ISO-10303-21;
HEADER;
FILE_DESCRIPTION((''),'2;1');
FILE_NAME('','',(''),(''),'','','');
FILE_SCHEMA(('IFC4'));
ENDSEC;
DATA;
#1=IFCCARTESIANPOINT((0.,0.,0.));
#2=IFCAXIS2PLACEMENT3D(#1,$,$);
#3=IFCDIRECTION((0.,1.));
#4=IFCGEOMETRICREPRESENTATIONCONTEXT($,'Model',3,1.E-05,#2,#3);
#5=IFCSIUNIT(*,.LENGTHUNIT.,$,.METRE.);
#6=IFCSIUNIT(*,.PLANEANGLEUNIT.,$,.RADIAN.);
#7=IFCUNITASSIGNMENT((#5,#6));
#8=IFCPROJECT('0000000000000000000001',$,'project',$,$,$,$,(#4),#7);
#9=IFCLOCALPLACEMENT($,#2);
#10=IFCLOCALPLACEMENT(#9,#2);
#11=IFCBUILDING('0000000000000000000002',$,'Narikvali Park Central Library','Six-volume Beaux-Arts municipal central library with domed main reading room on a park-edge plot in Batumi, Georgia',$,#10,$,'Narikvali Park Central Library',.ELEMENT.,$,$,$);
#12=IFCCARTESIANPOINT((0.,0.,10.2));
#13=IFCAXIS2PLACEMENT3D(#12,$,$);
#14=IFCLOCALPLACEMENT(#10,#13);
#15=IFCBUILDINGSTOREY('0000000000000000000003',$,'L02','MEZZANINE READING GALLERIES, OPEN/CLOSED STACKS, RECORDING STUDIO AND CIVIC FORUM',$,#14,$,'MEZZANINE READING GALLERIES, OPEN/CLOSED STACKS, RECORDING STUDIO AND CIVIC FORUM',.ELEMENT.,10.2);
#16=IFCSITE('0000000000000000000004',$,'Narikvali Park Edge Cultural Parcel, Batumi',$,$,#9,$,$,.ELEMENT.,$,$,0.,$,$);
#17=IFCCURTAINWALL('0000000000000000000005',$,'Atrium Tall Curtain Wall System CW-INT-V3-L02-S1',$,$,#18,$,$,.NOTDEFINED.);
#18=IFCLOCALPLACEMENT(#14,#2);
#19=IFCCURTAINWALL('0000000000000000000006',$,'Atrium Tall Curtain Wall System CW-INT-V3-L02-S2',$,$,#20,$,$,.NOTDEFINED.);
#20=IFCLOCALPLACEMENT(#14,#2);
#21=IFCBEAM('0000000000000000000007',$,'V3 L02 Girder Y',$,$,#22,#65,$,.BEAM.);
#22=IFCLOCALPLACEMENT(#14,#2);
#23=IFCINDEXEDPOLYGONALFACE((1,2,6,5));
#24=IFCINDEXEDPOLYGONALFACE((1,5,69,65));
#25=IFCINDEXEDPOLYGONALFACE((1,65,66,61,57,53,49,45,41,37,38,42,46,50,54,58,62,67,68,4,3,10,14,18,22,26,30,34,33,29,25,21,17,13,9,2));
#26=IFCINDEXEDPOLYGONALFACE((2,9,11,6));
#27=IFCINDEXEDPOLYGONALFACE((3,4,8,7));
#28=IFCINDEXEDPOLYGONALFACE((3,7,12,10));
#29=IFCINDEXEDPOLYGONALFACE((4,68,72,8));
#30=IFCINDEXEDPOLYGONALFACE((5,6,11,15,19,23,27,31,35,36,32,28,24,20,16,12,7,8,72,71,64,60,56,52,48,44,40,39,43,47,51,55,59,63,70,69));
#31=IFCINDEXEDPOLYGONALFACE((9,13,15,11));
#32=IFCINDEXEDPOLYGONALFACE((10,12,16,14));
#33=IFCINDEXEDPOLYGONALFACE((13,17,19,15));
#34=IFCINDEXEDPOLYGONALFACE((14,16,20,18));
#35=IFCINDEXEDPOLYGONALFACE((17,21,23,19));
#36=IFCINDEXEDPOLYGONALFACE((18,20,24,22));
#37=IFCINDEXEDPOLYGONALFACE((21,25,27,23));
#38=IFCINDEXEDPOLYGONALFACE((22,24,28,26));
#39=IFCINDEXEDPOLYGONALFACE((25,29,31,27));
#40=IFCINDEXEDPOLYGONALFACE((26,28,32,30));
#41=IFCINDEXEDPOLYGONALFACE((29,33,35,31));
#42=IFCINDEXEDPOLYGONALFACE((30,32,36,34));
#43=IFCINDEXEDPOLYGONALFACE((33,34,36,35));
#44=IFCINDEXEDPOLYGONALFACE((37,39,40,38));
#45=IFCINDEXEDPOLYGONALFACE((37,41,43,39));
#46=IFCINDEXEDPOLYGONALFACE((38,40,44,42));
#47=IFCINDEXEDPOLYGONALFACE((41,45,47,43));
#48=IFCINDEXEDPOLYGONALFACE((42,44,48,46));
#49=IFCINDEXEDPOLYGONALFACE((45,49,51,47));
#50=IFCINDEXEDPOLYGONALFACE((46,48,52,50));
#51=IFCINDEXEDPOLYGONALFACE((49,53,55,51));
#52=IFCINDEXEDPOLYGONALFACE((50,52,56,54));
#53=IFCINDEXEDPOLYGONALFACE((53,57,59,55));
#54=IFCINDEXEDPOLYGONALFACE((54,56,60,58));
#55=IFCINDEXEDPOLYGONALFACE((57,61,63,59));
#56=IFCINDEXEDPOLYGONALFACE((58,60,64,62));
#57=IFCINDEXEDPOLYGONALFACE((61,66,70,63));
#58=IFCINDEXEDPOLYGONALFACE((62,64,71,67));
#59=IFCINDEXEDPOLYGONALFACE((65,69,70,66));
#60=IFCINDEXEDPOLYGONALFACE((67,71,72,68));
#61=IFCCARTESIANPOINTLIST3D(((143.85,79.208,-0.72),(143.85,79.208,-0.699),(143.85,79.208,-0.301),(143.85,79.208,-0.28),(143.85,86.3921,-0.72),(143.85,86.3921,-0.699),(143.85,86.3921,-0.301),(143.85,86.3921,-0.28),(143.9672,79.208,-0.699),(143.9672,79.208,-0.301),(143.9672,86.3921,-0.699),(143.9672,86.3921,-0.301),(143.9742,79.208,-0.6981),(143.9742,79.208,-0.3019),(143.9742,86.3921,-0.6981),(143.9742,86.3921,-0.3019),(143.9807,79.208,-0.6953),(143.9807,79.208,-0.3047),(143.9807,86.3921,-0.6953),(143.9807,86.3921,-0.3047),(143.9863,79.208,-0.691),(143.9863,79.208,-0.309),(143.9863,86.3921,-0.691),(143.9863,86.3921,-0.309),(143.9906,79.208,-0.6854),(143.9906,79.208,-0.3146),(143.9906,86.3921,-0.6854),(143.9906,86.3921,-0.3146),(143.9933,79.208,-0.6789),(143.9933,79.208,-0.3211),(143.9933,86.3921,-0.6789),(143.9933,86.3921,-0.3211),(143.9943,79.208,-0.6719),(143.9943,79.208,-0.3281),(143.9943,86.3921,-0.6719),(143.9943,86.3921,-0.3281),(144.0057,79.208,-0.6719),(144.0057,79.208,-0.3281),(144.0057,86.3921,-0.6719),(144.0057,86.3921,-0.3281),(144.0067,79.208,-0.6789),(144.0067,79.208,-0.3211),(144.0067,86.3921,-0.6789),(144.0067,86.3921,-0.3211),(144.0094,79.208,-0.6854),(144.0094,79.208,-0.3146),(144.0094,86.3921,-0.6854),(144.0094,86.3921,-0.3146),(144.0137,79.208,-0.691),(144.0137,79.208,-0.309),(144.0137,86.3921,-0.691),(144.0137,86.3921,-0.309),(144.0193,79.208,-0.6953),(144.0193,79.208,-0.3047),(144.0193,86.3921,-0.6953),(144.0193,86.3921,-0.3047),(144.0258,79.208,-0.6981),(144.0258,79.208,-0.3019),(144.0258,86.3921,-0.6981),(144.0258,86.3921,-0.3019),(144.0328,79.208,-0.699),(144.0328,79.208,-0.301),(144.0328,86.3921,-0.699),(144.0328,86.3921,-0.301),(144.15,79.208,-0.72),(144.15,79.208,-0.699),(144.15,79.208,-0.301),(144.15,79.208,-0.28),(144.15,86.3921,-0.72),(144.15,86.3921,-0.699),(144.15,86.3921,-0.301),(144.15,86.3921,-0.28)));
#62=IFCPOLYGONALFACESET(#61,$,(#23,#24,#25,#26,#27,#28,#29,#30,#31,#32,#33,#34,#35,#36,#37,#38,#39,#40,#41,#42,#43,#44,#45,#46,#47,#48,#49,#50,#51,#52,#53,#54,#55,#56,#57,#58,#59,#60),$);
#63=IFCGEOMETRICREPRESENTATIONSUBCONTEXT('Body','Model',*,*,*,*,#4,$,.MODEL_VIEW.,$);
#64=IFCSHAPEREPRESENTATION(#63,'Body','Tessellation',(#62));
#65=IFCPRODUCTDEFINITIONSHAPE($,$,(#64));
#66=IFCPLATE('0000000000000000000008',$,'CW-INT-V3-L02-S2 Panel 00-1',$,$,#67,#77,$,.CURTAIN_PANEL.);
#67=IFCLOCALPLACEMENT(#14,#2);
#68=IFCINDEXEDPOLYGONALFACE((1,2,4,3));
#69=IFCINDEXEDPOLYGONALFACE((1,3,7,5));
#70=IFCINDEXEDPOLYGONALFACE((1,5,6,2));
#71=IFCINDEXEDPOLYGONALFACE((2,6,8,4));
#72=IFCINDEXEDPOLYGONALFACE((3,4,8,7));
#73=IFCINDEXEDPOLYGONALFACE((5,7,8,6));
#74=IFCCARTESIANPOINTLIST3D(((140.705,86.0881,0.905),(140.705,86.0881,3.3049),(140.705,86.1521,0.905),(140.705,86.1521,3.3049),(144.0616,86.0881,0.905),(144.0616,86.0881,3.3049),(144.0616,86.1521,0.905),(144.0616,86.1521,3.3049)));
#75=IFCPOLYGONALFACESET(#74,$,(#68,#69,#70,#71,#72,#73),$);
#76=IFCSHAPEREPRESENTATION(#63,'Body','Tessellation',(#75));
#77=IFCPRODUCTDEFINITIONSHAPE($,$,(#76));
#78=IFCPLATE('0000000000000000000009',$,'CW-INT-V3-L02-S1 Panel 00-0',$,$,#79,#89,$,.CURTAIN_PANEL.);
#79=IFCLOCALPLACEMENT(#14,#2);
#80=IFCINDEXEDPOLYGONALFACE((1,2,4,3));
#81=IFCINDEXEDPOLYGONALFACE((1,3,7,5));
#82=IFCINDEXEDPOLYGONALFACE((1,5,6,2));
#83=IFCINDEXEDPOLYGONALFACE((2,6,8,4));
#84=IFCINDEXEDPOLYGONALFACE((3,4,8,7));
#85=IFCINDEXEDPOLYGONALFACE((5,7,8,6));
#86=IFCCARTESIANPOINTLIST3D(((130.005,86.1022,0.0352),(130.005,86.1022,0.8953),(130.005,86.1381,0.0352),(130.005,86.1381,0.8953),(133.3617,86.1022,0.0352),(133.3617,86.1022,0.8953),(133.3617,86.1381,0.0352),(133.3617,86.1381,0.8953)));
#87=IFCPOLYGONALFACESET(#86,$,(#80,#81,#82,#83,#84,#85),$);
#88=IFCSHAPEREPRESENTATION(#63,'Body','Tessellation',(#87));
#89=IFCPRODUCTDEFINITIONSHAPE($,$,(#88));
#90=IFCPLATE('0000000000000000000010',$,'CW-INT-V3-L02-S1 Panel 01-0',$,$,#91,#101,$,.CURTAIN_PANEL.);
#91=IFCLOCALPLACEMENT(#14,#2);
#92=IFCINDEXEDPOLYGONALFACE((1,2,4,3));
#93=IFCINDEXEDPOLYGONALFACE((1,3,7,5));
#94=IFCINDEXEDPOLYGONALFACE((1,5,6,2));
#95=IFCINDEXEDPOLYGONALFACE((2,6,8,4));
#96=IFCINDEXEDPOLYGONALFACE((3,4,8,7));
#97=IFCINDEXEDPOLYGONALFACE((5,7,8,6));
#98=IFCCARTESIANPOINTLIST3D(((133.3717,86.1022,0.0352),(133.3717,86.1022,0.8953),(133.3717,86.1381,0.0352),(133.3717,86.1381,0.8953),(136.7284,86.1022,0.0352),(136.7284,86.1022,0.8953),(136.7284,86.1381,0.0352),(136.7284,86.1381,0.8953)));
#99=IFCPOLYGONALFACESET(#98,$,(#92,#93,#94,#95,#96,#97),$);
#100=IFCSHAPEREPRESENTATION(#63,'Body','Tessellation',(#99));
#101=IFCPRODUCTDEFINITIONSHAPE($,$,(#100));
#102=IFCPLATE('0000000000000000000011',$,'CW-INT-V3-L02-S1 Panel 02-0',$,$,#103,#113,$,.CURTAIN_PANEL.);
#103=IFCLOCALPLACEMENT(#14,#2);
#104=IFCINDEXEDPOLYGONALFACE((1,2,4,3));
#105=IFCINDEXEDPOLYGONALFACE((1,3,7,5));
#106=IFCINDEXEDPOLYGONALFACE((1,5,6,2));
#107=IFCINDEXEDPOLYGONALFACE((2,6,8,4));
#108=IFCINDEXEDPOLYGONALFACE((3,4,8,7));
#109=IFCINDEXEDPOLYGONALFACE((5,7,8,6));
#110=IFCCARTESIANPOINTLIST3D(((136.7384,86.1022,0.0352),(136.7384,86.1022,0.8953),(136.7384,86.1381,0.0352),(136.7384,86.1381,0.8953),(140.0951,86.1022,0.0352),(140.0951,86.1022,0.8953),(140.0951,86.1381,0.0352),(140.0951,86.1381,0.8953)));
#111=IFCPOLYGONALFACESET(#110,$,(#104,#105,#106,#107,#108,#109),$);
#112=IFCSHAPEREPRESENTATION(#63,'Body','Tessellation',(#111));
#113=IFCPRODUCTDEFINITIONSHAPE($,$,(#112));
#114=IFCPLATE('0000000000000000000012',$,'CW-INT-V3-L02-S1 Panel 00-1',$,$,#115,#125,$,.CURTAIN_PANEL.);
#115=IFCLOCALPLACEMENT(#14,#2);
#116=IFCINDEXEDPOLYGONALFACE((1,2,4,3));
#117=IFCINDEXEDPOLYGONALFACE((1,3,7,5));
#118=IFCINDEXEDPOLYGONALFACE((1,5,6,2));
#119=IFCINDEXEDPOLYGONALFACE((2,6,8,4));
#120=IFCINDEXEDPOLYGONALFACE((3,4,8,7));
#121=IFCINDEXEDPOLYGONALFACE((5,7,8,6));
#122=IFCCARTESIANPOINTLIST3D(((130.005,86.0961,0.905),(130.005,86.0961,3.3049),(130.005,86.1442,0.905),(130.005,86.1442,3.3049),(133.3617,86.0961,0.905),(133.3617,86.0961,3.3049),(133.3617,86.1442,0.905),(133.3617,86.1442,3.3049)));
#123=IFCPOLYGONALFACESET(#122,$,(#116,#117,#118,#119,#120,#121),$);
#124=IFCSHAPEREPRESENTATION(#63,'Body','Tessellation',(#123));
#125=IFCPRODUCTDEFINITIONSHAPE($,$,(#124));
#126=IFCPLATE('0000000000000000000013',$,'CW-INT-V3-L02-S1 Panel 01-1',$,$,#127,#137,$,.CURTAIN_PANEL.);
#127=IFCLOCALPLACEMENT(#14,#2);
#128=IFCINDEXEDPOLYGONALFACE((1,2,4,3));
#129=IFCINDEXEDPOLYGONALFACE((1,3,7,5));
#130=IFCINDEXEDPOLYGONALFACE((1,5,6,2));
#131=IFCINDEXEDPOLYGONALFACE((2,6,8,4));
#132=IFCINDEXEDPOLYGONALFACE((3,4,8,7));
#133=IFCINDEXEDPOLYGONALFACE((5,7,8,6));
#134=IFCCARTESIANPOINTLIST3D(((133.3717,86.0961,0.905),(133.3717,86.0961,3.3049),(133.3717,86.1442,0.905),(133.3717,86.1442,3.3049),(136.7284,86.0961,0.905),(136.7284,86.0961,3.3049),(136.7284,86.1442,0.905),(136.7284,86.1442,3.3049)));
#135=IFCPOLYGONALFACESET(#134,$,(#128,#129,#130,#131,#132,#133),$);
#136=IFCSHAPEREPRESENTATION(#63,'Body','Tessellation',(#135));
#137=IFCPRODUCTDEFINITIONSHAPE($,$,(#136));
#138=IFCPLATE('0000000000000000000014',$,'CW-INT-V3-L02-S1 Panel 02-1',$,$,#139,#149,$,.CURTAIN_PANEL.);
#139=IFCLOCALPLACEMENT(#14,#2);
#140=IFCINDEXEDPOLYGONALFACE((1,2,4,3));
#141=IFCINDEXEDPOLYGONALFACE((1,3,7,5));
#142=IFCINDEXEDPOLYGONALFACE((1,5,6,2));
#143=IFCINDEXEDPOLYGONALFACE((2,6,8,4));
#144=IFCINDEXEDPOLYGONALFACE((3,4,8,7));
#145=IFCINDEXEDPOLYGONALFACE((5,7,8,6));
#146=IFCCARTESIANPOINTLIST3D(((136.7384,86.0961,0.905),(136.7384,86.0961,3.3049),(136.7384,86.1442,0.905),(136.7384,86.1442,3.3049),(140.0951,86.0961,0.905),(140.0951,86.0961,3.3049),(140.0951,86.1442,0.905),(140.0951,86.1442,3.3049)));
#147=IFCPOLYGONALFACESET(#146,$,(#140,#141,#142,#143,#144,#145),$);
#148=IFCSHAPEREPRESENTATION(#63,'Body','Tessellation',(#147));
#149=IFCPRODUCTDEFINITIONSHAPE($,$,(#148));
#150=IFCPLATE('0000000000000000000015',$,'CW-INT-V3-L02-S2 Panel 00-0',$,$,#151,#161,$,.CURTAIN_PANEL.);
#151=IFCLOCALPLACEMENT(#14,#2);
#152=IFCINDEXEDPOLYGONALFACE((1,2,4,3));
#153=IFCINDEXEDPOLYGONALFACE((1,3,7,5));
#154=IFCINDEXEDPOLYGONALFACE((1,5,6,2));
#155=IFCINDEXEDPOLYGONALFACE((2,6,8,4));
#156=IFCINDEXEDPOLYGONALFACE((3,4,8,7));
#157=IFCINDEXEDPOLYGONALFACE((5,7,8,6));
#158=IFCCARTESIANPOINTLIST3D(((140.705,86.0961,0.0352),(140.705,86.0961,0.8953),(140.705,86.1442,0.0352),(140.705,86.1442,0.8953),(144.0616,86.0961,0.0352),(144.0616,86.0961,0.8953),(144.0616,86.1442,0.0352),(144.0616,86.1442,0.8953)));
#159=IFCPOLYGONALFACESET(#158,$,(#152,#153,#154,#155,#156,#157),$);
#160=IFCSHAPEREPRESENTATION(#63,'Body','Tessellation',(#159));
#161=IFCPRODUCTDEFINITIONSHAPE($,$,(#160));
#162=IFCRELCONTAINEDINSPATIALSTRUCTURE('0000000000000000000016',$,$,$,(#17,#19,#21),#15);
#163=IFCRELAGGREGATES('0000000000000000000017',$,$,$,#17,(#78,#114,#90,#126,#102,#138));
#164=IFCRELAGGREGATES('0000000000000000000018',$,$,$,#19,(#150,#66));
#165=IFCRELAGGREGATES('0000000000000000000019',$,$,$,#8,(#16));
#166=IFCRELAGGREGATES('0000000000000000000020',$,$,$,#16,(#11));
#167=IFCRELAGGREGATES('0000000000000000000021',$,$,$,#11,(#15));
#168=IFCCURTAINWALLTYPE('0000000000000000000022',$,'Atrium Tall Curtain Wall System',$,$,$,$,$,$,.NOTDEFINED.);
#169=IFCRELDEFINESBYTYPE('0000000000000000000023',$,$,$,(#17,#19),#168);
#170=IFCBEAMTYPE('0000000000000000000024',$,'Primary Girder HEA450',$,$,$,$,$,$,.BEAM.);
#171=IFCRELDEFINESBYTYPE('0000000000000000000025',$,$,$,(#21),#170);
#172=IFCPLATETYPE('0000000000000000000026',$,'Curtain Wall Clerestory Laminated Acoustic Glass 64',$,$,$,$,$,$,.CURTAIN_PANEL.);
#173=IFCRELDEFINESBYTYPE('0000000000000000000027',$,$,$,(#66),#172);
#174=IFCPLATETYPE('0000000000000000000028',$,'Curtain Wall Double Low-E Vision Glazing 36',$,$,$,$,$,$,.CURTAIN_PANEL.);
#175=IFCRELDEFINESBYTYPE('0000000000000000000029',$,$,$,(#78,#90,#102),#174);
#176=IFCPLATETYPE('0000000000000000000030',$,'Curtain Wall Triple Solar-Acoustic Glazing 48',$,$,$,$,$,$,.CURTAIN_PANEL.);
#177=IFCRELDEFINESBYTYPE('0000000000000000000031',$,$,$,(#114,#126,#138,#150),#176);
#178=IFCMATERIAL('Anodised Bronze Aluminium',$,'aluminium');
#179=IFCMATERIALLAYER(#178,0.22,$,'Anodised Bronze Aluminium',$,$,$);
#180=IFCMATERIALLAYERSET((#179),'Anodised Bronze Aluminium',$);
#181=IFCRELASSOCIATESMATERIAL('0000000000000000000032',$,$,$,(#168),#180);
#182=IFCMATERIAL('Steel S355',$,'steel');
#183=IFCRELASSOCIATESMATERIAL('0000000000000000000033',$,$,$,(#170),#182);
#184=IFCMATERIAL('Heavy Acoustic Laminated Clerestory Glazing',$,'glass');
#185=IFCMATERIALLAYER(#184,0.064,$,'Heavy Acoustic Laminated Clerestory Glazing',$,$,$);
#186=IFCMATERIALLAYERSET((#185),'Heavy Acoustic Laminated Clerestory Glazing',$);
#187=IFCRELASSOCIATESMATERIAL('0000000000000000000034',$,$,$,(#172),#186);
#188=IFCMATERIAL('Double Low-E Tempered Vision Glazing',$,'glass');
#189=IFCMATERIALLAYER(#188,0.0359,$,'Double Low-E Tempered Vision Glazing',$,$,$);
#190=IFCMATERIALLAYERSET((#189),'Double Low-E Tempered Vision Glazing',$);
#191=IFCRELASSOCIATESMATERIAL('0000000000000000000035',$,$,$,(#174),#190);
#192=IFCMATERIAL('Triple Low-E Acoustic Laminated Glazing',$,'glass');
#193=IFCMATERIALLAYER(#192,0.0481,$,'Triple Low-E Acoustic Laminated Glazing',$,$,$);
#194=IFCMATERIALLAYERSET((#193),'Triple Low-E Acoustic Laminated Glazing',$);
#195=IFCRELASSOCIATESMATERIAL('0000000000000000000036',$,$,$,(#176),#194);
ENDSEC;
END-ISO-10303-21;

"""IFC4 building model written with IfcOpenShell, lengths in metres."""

from ifc_helpers import new_model, si_unit, direction, frame, origin, origin_2d, place, context, subcontext, project, spatial, rectangle, i_section, extrude, material, layer, layer_set, material_profile, profile_set, type_object, element, aggregate, save


model = new_model("IFC4")

# Units and contexts
model_context = context("Model", 3, precision=1e-05, world=origin(), true_north=direction((0.0, 1.0)))
body_context = subcontext(model_context, "Body", "Model", "MODEL_VIEW")
ifc_project = project(units=[si_unit("LENGTHUNIT", "METRE"), si_unit("PLANEANGLEUNIT", "RADIAN")], contexts=[model_context])

# Site, building, storey
site_placement = place(None, origin())
site = spatial("IfcSite", under=ifc_project, at=site_placement, Name="Narikvali Park Edge Cultural Parcel, Batumi", CompositionType="ELEMENT", RefElevation=0.0)
building_placement = place(site_placement, origin())
building = spatial("IfcBuilding", under=site, at=building_placement, Name="Narikvali Park Central Library", Description="Six-volume Beaux-Arts municipal central library with domed main reading room on a park-edge plot in Batumi, Georgia", LongName="Narikvali Park Central Library", CompositionType="ELEMENT")
storey_placement = place(building_placement, frame((0.0, 0.0, 10.2)))
storey = spatial("IfcBuildingStorey", under=building, at=storey_placement, Name="L02", Description="MEZZANINE READING GALLERIES, OPEN/CLOSED STACKS, RECORDING STUDIO AND CIVIC FORUM", LongName="MEZZANINE READING GALLERIES, OPEN/CLOSED STACKS, RECORDING STUDIO AND CIVIC FORUM", CompositionType="ELEMENT", Elevation=10.2)

# Shared definitions
ifc_material_1 = material(Name="Steel S355", Category="steel")

# Curtain walls
ifc_material_2 = material(Name="Anodised Bronze Aluminium", Category="aluminium")
ifc_layer_1 = layer(ifc_material_2, 0.22, Name="Anodised Bronze Aluminium")
ifc_layer_set_1 = layer_set([ifc_layer_1], Name="Anodised Bronze Aluminium")
curtain_wall_type = type_object("IfcCurtainWallType", Name="Atrium Tall Curtain Wall System", PredefinedType="NOTDEFINED", material=ifc_layer_set_1)
curtain_wall_1_placement = place(storey_placement, origin())
curtain_wall_1 = element("IfcCurtainWall", 1, at=curtain_wall_1_placement, inside=storey, type_object=curtain_wall_type, Name="Atrium Tall Curtain Wall System CW-INT-V3-L02-S1", PredefinedType="NOTDEFINED")
curtain_wall_2_placement = place(storey_placement, origin())
curtain_wall_2 = element("IfcCurtainWall", 2, at=curtain_wall_2_placement, inside=storey, type_object=curtain_wall_type, Name="Atrium Tall Curtain Wall System CW-INT-V3-L02-S2", PredefinedType="NOTDEFINED")

# Beam
ifc_material_profile_1 = material_profile(ifc_material_1, i_section(OverallWidth=0.3, OverallDepth=0.4399, WebThickness=0.0115, FlangeThickness=0.021, FilletRadius=0.0271, at=origin_2d()), Name="HEA 450")
ifc_profile_set_1 = profile_set([ifc_material_profile_1], Name="Steel S355")
beam_type = type_object("IfcBeamType", Name="Primary Girder HEA450", PredefinedType="BEAM", material=ifc_profile_set_1)
for number, where, z_axis, x_axis, name in (
    (3, (144.0, 79.208, -0.5), (0.0, 1.0, 0.0), (-1.0, 0.0, 0.0), "V3 L02 Girder Y"),
):
    element("IfcBeam", number, at=place(storey_placement, frame(where, z_axis=z_axis, x_axis=x_axis)), inside=storey, type_object=beam_type, Name=name, PredefinedType="BEAM", context=body_context, shape_type="SweptSolid", body=[
        extrude(i_section(OverallWidth=0.3, OverallDepth=0.4399, WebThickness=0.0115, FlangeThickness=0.021, FilletRadius=0.0271, at=origin_2d()), origin(), (0.0, 0.0, 1.0), 7.1841),
    ])

# Plates
ifc_material_3 = material(Name="Heavy Acoustic Laminated Clerestory Glazing", Category="glass")
ifc_layer_2 = layer(ifc_material_3, 0.064, Name="Heavy Acoustic Laminated Clerestory Glazing")
ifc_layer_set_2 = layer_set([ifc_layer_2], Name="Heavy Acoustic Laminated Clerestory Glazing")
plate_type_1 = type_object("IfcPlateType", Name="Curtain Wall Clerestory Laminated Acoustic Glass 64", PredefinedType="CURTAIN_PANEL", material=ifc_layer_set_2)
plate_1_placement = place(storey_placement, frame((142.3833, 86.1201, 0.905), z_axis=(0.0, 0.0, 1.0), x_axis=(1.0, 0.0, 0.0)))
plate_1 = element("IfcPlate", 4, at=plate_1_placement, type_object=plate_type_1, Name="CW-INT-V3-L02-S2 Panel 00-1", PredefinedType="CURTAIN_PANEL", context=body_context, shape_type="SweptSolid", body=[
    extrude(rectangle(XDim=3.3567, YDim=0.064, at=origin_2d()), origin(), (0.0, 0.0, 1.0), 2.3999),
])
ifc_material_4 = material(Name="Double Low-E Tempered Vision Glazing", Category="glass")
ifc_layer_3 = layer(ifc_material_4, 0.0359, Name="Double Low-E Tempered Vision Glazing")
ifc_layer_set_3 = layer_set([ifc_layer_3], Name="Double Low-E Tempered Vision Glazing")
plate_type_2 = type_object("IfcPlateType", Name="Curtain Wall Double Low-E Vision Glazing 36", PredefinedType="CURTAIN_PANEL", material=ifc_layer_set_3)
plate_2_placement = place(storey_placement, frame((131.6833, 86.1201, 0.0352), z_axis=(0.0, 0.0, 1.0), x_axis=(1.0, 0.0, 0.0)))
plate_2 = element("IfcPlate", 5, at=plate_2_placement, type_object=plate_type_2, Name="CW-INT-V3-L02-S1 Panel 00-0", PredefinedType="CURTAIN_PANEL", context=body_context, shape_type="SweptSolid", body=[
    extrude(rectangle(XDim=3.3567, YDim=0.0359, at=origin_2d()), origin(), (0.0, 0.0, 1.0), 0.8601),
])
plate_3_placement = place(storey_placement, frame((135.05, 86.1201, 0.0352), z_axis=(0.0, 0.0, 1.0), x_axis=(1.0, 0.0, 0.0)))
plate_3 = element("IfcPlate", 6, at=plate_3_placement, type_object=plate_type_2, Name="CW-INT-V3-L02-S1 Panel 01-0", PredefinedType="CURTAIN_PANEL", context=body_context, shape_type="SweptSolid", body=[
    extrude(rectangle(XDim=3.3567, YDim=0.0359, at=origin_2d()), origin(), (0.0, 0.0, 1.0), 0.8601),
])
plate_4_placement = place(storey_placement, frame((138.4167, 86.1201, 0.0352), z_axis=(0.0, 0.0, 1.0), x_axis=(1.0, 0.0, 0.0)))
plate_4 = element("IfcPlate", 7, at=plate_4_placement, type_object=plate_type_2, Name="CW-INT-V3-L02-S1 Panel 02-0", PredefinedType="CURTAIN_PANEL", context=body_context, shape_type="SweptSolid", body=[
    extrude(rectangle(XDim=3.3567, YDim=0.0359, at=origin_2d()), origin(), (0.0, 0.0, 1.0), 0.8601),
])
ifc_material_5 = material(Name="Triple Low-E Acoustic Laminated Glazing", Category="glass")
ifc_layer_4 = layer(ifc_material_5, 0.0481, Name="Triple Low-E Acoustic Laminated Glazing")
ifc_layer_set_4 = layer_set([ifc_layer_4], Name="Triple Low-E Acoustic Laminated Glazing")
plate_type_3 = type_object("IfcPlateType", Name="Curtain Wall Triple Solar-Acoustic Glazing 48", PredefinedType="CURTAIN_PANEL", material=ifc_layer_set_4)
plate_5_placement = place(storey_placement, frame((131.6833, 86.1201, 0.905), z_axis=(0.0, 0.0, 1.0), x_axis=(1.0, 0.0, 0.0)))
plate_5 = element("IfcPlate", 8, at=plate_5_placement, type_object=plate_type_3, Name="CW-INT-V3-L02-S1 Panel 00-1", PredefinedType="CURTAIN_PANEL", context=body_context, shape_type="SweptSolid", body=[
    extrude(rectangle(XDim=3.3567, YDim=0.0481, at=origin_2d()), origin(), (0.0, 0.0, 1.0), 2.3999),
])
plate_6_placement = place(storey_placement, frame((135.05, 86.1201, 0.905), z_axis=(0.0, 0.0, 1.0), x_axis=(1.0, 0.0, 0.0)))
plate_6 = element("IfcPlate", 9, at=plate_6_placement, type_object=plate_type_3, Name="CW-INT-V3-L02-S1 Panel 01-1", PredefinedType="CURTAIN_PANEL", context=body_context, shape_type="SweptSolid", body=[
    extrude(rectangle(XDim=3.3567, YDim=0.0481, at=origin_2d()), origin(), (0.0, 0.0, 1.0), 2.3999),
])
plate_7_placement = place(storey_placement, frame((138.4167, 86.1201, 0.905), z_axis=(0.0, 0.0, 1.0), x_axis=(1.0, 0.0, 0.0)))
plate_7 = element("IfcPlate", 10, at=plate_7_placement, type_object=plate_type_3, Name="CW-INT-V3-L02-S1 Panel 02-1", PredefinedType="CURTAIN_PANEL", context=body_context, shape_type="SweptSolid", body=[
    extrude(rectangle(XDim=3.3567, YDim=0.0481, at=origin_2d()), origin(), (0.0, 0.0, 1.0), 2.3999),
])
aggregate(curtain_wall_1, [plate_2, plate_5, plate_3, plate_6, plate_4, plate_7])
plate_8_placement = place(storey_placement, frame((142.3833, 86.1201, 0.0352), z_axis=(0.0, 0.0, 1.0), x_axis=(1.0, 0.0, 0.0)))
plate_8 = element("IfcPlate", 11, at=plate_8_placement, type_object=plate_type_3, Name="CW-INT-V3-L02-S2 Panel 00-0", PredefinedType="CURTAIN_PANEL", context=body_context, shape_type="SweptSolid", body=[
    extrude(rectangle(XDim=3.3567, YDim=0.0481, at=origin_2d()), origin(), (0.0, 0.0, 1.0), 0.8601),
])
aggregate(curtain_wall_2, [plate_8, plate_1])

save(model, "model.ifc")
